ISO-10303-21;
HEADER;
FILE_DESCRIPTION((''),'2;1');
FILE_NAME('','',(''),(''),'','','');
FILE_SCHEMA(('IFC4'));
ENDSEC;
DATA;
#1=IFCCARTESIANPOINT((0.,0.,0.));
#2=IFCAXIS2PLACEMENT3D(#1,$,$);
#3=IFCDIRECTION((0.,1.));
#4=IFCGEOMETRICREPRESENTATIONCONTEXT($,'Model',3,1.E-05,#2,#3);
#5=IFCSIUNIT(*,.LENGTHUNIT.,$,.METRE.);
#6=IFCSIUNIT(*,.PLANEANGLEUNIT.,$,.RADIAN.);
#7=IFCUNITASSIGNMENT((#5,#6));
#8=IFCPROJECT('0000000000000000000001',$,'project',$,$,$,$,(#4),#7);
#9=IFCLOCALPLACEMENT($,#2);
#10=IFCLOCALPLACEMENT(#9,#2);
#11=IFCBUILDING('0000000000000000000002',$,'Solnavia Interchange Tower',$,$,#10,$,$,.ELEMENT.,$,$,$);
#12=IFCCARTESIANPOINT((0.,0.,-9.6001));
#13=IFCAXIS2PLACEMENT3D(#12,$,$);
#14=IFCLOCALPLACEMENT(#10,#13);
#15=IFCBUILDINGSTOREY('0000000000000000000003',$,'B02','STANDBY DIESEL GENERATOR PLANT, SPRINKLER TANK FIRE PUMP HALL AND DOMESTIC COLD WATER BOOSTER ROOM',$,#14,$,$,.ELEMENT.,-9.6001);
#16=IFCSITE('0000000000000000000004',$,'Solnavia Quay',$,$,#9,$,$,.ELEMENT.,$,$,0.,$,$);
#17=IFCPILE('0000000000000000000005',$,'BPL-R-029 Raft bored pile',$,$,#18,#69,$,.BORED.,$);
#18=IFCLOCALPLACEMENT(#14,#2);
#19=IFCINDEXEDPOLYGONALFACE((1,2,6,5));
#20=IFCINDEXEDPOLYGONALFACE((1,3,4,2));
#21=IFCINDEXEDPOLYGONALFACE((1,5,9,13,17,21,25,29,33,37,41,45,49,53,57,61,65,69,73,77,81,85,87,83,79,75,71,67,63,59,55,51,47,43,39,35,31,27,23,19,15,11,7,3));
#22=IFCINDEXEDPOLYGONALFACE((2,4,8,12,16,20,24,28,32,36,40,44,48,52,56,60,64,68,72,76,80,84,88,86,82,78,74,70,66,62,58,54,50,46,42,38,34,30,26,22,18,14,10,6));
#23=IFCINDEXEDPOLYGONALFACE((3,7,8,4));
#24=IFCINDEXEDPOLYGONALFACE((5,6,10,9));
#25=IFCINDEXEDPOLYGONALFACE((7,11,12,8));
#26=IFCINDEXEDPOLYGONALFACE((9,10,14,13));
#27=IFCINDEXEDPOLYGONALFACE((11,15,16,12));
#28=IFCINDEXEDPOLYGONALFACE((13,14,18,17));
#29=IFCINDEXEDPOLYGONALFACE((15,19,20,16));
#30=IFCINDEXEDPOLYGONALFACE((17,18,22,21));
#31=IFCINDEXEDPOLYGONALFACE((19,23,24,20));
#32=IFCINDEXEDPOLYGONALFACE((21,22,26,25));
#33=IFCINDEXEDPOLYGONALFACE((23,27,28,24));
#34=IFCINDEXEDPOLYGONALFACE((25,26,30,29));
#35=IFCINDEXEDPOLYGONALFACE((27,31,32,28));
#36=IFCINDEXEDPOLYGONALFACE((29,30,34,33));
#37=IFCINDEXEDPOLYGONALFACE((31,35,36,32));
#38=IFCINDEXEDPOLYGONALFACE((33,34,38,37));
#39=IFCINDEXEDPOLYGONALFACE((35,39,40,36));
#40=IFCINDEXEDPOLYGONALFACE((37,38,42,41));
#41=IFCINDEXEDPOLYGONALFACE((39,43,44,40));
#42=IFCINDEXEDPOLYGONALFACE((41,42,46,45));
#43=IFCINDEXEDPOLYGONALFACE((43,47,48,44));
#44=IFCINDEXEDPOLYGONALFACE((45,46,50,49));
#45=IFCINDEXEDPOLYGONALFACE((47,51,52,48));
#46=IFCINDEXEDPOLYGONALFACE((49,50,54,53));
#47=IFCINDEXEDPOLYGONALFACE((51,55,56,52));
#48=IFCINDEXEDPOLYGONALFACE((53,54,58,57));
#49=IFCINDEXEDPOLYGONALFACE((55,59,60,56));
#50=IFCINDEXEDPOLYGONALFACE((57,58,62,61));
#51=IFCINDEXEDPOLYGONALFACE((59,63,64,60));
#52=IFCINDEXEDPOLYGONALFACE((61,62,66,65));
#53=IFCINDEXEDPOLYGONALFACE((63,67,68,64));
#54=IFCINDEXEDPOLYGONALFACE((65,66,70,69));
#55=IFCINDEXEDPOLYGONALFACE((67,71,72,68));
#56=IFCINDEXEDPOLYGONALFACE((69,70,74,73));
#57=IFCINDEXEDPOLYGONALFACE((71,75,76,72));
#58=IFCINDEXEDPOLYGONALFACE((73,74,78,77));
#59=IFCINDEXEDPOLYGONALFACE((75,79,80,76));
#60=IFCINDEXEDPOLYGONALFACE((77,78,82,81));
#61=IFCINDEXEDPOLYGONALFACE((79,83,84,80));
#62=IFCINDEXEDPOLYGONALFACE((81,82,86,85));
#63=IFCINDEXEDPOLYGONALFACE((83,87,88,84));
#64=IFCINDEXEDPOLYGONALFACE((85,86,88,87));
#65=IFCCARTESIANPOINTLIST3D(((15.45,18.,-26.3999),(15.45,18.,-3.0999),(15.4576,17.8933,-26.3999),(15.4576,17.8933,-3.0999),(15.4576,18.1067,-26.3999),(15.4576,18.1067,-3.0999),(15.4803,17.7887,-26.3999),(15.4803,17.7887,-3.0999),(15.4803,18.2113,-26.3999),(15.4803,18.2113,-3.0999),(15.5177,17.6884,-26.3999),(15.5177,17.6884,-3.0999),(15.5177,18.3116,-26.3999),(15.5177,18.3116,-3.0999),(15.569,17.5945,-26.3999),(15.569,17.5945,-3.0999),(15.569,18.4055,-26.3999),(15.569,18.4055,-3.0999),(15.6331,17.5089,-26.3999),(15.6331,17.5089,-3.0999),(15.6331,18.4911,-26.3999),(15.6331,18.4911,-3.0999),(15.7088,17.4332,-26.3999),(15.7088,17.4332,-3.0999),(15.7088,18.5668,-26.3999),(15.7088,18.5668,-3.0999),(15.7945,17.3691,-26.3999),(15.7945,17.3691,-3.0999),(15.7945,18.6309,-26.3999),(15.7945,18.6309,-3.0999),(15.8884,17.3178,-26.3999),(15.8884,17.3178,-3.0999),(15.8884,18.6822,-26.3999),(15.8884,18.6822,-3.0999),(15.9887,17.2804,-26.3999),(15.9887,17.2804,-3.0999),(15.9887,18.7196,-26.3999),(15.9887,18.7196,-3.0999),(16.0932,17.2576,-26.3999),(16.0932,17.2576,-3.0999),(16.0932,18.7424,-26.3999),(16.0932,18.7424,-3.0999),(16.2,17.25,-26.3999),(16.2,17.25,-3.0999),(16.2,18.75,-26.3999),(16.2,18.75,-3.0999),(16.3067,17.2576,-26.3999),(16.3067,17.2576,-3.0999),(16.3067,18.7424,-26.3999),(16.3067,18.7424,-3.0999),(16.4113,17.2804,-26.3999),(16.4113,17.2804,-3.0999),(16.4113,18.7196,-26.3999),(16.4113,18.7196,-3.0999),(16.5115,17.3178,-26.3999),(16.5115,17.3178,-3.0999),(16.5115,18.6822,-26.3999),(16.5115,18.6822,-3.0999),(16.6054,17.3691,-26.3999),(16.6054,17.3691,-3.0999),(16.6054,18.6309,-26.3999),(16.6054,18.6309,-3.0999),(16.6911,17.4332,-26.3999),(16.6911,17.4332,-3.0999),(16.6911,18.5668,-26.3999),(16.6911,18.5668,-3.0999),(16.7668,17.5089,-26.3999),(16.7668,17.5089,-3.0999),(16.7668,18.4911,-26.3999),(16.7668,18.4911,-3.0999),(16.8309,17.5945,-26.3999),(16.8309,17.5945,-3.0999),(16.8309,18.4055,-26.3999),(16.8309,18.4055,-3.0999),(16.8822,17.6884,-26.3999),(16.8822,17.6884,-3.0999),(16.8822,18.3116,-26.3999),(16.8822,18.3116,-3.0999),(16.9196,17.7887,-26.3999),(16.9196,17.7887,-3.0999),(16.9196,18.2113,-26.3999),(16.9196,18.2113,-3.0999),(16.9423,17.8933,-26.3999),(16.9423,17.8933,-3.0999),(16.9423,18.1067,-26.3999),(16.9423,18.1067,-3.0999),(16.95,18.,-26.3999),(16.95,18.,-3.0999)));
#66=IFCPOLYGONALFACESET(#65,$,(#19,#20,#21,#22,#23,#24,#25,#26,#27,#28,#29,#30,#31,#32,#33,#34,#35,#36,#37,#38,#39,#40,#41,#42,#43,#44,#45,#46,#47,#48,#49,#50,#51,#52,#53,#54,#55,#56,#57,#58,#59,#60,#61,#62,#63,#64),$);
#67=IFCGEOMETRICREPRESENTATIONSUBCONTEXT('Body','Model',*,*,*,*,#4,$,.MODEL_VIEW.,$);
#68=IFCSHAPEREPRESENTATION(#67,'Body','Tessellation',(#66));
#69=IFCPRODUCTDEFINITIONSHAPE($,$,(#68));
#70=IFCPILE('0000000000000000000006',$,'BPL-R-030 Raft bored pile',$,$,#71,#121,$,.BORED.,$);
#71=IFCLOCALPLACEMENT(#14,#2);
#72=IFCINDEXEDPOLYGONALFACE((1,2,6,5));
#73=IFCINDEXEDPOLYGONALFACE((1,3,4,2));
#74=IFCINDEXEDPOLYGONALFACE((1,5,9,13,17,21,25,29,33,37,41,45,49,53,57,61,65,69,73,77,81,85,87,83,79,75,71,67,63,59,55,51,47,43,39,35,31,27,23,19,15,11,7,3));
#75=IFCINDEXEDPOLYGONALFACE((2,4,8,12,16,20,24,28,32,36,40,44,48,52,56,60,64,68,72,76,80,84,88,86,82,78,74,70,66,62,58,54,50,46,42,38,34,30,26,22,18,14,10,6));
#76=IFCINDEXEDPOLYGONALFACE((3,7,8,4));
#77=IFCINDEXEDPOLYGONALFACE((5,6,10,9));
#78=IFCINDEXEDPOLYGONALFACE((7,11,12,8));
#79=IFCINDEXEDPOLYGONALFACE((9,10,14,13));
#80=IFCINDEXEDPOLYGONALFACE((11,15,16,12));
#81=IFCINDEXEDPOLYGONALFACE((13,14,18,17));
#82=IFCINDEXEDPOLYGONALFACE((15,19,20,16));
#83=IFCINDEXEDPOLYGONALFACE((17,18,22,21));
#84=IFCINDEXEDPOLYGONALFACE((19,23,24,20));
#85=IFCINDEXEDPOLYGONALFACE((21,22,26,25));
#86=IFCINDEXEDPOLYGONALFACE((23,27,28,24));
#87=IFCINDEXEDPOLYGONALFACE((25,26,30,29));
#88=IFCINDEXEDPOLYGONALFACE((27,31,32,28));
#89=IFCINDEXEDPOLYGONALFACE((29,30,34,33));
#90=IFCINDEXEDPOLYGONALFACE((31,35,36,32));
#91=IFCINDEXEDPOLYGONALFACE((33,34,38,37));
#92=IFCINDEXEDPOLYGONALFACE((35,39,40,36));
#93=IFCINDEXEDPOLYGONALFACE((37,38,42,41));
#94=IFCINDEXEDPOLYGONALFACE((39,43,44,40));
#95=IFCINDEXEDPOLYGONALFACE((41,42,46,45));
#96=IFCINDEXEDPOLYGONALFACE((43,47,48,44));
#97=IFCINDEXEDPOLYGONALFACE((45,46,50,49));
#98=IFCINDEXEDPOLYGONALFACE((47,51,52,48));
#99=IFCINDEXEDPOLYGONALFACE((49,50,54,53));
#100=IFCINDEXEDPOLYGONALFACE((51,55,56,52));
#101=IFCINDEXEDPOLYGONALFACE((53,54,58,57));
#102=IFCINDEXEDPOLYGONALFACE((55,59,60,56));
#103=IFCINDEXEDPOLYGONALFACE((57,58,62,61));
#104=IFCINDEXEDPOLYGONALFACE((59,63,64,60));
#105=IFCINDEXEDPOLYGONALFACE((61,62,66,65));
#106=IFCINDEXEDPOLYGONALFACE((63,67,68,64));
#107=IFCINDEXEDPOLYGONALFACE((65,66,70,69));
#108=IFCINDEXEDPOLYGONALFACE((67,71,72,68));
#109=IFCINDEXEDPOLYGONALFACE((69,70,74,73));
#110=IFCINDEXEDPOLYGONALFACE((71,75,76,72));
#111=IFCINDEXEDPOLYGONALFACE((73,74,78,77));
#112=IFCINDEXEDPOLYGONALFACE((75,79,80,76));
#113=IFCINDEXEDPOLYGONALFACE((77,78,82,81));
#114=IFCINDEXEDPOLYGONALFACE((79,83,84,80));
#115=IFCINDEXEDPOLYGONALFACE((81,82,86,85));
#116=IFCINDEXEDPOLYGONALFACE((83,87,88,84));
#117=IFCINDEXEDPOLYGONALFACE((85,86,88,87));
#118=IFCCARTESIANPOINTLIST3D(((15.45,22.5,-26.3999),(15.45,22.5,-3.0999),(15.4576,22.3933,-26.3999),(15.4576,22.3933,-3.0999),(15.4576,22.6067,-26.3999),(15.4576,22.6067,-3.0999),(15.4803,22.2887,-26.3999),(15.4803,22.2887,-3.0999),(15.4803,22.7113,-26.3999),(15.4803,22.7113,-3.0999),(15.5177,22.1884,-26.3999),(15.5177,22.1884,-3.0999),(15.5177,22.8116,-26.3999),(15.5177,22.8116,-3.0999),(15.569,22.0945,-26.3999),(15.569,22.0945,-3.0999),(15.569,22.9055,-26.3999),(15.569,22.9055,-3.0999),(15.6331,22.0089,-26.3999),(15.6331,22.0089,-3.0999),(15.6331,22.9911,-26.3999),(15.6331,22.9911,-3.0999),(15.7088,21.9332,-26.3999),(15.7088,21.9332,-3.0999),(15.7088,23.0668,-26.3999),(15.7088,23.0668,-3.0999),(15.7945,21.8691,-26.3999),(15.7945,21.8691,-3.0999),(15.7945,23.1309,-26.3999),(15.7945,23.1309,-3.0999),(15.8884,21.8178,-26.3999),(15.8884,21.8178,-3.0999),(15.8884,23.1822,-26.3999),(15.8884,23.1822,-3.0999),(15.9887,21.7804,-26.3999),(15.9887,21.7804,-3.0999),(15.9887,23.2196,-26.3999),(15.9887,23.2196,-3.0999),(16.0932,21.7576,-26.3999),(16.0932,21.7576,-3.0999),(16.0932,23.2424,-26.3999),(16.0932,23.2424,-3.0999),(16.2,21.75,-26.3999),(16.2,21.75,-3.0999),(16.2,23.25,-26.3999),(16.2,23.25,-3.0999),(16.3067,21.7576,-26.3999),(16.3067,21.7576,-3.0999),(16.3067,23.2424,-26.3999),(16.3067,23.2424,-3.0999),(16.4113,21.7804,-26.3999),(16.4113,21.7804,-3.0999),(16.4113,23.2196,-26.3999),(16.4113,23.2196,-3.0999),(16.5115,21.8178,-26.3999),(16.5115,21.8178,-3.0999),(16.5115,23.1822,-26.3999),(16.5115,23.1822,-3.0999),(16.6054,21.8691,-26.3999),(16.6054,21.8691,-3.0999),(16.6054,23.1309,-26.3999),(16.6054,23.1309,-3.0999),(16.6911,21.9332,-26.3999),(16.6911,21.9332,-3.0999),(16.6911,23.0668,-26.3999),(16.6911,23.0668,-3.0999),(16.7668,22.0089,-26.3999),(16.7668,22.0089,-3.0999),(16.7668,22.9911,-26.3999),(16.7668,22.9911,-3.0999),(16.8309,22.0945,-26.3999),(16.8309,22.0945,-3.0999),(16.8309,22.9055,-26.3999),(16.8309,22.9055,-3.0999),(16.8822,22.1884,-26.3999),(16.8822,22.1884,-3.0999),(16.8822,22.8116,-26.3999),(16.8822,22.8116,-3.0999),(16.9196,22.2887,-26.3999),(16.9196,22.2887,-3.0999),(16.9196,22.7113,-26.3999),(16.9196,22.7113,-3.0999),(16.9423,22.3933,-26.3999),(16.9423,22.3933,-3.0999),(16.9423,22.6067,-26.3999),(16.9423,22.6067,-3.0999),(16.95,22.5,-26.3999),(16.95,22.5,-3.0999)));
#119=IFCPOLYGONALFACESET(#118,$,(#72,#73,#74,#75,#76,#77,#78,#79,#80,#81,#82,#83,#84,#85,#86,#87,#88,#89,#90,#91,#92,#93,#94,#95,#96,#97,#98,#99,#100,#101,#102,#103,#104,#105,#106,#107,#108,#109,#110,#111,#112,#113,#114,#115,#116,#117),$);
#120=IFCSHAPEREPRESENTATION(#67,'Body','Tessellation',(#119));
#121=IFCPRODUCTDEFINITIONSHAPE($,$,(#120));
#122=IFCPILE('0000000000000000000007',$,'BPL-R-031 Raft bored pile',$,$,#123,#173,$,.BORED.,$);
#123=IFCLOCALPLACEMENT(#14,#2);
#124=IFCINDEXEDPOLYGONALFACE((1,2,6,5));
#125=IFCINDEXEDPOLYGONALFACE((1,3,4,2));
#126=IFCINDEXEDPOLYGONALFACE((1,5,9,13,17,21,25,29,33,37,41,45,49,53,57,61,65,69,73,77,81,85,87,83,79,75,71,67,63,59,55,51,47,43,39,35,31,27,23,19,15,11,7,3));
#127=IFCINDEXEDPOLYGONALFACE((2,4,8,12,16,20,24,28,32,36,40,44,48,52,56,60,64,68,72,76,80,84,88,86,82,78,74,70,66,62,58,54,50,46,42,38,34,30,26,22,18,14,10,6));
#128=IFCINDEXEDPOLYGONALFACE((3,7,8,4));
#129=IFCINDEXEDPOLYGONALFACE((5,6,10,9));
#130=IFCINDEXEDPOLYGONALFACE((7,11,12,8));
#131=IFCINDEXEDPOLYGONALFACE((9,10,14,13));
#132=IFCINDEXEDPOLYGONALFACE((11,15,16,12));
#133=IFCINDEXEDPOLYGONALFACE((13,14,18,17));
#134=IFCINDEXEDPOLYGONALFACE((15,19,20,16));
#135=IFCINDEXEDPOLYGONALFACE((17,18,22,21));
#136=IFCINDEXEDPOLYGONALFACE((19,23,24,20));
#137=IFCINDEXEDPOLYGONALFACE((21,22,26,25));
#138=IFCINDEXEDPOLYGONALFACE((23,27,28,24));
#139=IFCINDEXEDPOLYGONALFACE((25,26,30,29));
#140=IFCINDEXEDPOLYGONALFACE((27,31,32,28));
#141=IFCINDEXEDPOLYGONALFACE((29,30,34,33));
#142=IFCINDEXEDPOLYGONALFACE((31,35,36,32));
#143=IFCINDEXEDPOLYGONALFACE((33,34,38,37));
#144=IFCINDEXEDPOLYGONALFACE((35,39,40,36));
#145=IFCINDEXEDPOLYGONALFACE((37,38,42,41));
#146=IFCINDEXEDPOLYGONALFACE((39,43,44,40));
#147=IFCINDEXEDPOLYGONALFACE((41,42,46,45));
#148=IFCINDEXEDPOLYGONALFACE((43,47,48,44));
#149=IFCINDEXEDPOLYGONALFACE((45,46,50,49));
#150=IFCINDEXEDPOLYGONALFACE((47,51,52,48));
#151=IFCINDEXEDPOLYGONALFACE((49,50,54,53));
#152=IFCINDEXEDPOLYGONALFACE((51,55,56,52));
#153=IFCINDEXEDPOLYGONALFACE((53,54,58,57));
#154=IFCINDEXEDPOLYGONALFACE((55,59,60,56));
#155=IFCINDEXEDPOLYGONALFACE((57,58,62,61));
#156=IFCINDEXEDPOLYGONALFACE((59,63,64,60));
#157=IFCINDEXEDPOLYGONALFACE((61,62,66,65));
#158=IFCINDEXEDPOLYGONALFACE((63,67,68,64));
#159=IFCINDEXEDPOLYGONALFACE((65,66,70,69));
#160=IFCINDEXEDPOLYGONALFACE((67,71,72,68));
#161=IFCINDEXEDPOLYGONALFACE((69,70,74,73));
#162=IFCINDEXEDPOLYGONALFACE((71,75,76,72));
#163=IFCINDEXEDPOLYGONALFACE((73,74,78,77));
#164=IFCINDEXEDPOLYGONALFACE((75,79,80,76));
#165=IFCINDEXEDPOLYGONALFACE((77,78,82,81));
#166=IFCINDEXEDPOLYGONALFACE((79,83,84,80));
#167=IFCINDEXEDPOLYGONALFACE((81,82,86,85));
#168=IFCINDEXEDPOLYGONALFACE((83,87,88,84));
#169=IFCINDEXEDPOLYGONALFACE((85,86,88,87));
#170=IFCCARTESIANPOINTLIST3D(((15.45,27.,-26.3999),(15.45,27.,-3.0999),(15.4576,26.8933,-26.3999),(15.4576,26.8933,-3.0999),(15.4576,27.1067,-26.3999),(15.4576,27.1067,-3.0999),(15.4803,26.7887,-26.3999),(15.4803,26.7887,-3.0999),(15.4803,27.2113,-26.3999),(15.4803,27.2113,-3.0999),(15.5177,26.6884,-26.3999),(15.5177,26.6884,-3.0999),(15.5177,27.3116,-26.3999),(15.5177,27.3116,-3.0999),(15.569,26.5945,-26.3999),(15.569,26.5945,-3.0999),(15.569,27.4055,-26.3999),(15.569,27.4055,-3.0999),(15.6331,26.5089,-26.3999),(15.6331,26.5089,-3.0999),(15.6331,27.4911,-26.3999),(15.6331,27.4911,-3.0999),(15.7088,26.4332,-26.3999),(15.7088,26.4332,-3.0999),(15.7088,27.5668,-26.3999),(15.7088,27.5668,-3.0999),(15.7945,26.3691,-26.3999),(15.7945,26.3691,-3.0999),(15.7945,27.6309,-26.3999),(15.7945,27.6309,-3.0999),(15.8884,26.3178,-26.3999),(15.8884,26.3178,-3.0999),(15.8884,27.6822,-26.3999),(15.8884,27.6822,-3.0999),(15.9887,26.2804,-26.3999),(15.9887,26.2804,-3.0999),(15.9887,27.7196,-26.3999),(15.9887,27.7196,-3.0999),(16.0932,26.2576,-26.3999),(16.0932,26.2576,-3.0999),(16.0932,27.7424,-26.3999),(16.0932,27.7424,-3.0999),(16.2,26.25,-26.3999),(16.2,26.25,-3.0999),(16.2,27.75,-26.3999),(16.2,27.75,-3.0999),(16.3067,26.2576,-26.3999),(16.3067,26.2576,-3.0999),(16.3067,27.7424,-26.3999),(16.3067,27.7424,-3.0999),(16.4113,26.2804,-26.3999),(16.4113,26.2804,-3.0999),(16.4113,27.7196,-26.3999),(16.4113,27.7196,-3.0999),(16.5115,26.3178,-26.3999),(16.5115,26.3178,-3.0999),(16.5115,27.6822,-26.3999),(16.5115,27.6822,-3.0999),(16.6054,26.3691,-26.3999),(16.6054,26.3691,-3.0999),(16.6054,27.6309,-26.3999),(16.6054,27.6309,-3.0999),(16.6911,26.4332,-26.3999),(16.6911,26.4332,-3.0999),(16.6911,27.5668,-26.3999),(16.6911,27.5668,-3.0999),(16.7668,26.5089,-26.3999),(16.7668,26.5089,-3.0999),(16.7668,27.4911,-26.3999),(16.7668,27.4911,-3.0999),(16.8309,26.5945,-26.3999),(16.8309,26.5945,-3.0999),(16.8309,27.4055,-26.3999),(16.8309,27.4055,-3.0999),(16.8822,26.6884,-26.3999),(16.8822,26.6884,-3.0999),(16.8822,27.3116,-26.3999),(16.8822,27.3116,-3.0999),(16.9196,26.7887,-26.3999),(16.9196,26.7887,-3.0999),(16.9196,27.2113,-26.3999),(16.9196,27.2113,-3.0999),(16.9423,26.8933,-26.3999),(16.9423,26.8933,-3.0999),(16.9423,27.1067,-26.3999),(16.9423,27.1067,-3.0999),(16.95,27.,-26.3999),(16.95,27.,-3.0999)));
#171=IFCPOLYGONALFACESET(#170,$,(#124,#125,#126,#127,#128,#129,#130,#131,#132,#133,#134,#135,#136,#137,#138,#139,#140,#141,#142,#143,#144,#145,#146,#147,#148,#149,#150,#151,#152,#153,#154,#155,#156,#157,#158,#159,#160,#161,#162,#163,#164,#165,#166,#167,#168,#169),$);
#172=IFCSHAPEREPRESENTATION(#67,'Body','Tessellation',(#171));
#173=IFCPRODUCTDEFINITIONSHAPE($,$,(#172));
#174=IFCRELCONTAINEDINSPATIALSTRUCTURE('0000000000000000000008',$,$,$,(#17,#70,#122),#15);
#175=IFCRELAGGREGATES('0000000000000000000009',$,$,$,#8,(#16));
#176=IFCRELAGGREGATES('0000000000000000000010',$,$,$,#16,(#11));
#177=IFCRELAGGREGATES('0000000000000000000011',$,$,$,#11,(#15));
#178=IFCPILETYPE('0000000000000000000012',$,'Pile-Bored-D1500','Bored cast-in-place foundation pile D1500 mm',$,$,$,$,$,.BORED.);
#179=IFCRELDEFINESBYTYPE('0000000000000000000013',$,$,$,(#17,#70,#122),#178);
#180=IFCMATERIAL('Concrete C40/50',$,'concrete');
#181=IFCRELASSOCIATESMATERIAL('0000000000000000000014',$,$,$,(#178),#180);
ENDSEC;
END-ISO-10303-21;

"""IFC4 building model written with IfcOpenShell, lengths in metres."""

from ifc_helpers import new_model, si_unit, direction, frame, origin, origin_2d, place, context, subcontext, project, spatial, circle, extrude, material, material_profile, profile_set, type_object, element, save


model = new_model("IFC4")

# Units and contexts
model_context = context("Model", 3, precision=1e-05, world=origin(), true_north=direction((0.0, 1.0)))
body_context = subcontext(model_context, "Body", "Model", "MODEL_VIEW")
ifc_project = project(units=[si_unit("LENGTHUNIT", "METRE"), si_unit("PLANEANGLEUNIT", "RADIAN")], contexts=[model_context])

# Site, building, storey
site_placement = place(None, origin())
site = spatial("IfcSite", under=ifc_project, at=site_placement, Name="Solnavia Quay", CompositionType="ELEMENT", RefElevation=0.0)
building_placement = place(site_placement, origin())
building = spatial("IfcBuilding", under=site, at=building_placement, Name="Solnavia Interchange Tower", CompositionType="ELEMENT")
storey_placement = place(building_placement, frame((0.0, 0.0, -9.6001)))
storey = spatial("IfcBuildingStorey", under=building, at=storey_placement, Name="B02", Description="STANDBY DIESEL GENERATOR PLANT, SPRINKLER TANK FIRE PUMP HALL AND DOMESTIC COLD WATER BOOSTER ROOM", CompositionType="ELEMENT", Elevation=-9.6001)

# Piles
ifc_material_1 = material(Name="Concrete C40/50", Category="concrete")
ifc_material_profile_1 = material_profile(ifc_material_1, circle(Radius=0.75, at=origin_2d()), Name="PILE D1500")
ifc_profile_set_1 = profile_set([ifc_material_profile_1], Name="Concrete C40/50")
pile_type = type_object("IfcPileType", Name="Pile-Bored-D1500", Description="Bored cast-in-place foundation pile D1500 mm", PredefinedType="BORED", material=ifc_profile_set_1)
for number, where, z_axis, x_axis, name in (
    (1, (16.2, 18.0, -3.0999), (0.0, 0.0, -1.0), (1.0, 0.0, 0.0), "BPL-R-029 Raft bored pile"),
    (2, (16.2, 22.5, -3.0999), (0.0, 0.0, -1.0), (1.0, 0.0, 0.0), "BPL-R-030 Raft bored pile"),
    (3, (16.2, 27.0, -3.0999), (0.0, 0.0, -1.0), (1.0, 0.0, 0.0), "BPL-R-031 Raft bored pile"),
):
    element("IfcPile", number, at=place(storey_placement, frame(where, z_axis=z_axis, x_axis=x_axis)), inside=storey, type_object=pile_type, Name=name, PredefinedType="BORED", context=body_context, shape_type="SweptSolid", body=[
        extrude(circle(Radius=0.75, at=origin_2d()), origin(), (0.0, 0.0, 1.0), 23.3),
    ])

save(model, "model.ifc")
